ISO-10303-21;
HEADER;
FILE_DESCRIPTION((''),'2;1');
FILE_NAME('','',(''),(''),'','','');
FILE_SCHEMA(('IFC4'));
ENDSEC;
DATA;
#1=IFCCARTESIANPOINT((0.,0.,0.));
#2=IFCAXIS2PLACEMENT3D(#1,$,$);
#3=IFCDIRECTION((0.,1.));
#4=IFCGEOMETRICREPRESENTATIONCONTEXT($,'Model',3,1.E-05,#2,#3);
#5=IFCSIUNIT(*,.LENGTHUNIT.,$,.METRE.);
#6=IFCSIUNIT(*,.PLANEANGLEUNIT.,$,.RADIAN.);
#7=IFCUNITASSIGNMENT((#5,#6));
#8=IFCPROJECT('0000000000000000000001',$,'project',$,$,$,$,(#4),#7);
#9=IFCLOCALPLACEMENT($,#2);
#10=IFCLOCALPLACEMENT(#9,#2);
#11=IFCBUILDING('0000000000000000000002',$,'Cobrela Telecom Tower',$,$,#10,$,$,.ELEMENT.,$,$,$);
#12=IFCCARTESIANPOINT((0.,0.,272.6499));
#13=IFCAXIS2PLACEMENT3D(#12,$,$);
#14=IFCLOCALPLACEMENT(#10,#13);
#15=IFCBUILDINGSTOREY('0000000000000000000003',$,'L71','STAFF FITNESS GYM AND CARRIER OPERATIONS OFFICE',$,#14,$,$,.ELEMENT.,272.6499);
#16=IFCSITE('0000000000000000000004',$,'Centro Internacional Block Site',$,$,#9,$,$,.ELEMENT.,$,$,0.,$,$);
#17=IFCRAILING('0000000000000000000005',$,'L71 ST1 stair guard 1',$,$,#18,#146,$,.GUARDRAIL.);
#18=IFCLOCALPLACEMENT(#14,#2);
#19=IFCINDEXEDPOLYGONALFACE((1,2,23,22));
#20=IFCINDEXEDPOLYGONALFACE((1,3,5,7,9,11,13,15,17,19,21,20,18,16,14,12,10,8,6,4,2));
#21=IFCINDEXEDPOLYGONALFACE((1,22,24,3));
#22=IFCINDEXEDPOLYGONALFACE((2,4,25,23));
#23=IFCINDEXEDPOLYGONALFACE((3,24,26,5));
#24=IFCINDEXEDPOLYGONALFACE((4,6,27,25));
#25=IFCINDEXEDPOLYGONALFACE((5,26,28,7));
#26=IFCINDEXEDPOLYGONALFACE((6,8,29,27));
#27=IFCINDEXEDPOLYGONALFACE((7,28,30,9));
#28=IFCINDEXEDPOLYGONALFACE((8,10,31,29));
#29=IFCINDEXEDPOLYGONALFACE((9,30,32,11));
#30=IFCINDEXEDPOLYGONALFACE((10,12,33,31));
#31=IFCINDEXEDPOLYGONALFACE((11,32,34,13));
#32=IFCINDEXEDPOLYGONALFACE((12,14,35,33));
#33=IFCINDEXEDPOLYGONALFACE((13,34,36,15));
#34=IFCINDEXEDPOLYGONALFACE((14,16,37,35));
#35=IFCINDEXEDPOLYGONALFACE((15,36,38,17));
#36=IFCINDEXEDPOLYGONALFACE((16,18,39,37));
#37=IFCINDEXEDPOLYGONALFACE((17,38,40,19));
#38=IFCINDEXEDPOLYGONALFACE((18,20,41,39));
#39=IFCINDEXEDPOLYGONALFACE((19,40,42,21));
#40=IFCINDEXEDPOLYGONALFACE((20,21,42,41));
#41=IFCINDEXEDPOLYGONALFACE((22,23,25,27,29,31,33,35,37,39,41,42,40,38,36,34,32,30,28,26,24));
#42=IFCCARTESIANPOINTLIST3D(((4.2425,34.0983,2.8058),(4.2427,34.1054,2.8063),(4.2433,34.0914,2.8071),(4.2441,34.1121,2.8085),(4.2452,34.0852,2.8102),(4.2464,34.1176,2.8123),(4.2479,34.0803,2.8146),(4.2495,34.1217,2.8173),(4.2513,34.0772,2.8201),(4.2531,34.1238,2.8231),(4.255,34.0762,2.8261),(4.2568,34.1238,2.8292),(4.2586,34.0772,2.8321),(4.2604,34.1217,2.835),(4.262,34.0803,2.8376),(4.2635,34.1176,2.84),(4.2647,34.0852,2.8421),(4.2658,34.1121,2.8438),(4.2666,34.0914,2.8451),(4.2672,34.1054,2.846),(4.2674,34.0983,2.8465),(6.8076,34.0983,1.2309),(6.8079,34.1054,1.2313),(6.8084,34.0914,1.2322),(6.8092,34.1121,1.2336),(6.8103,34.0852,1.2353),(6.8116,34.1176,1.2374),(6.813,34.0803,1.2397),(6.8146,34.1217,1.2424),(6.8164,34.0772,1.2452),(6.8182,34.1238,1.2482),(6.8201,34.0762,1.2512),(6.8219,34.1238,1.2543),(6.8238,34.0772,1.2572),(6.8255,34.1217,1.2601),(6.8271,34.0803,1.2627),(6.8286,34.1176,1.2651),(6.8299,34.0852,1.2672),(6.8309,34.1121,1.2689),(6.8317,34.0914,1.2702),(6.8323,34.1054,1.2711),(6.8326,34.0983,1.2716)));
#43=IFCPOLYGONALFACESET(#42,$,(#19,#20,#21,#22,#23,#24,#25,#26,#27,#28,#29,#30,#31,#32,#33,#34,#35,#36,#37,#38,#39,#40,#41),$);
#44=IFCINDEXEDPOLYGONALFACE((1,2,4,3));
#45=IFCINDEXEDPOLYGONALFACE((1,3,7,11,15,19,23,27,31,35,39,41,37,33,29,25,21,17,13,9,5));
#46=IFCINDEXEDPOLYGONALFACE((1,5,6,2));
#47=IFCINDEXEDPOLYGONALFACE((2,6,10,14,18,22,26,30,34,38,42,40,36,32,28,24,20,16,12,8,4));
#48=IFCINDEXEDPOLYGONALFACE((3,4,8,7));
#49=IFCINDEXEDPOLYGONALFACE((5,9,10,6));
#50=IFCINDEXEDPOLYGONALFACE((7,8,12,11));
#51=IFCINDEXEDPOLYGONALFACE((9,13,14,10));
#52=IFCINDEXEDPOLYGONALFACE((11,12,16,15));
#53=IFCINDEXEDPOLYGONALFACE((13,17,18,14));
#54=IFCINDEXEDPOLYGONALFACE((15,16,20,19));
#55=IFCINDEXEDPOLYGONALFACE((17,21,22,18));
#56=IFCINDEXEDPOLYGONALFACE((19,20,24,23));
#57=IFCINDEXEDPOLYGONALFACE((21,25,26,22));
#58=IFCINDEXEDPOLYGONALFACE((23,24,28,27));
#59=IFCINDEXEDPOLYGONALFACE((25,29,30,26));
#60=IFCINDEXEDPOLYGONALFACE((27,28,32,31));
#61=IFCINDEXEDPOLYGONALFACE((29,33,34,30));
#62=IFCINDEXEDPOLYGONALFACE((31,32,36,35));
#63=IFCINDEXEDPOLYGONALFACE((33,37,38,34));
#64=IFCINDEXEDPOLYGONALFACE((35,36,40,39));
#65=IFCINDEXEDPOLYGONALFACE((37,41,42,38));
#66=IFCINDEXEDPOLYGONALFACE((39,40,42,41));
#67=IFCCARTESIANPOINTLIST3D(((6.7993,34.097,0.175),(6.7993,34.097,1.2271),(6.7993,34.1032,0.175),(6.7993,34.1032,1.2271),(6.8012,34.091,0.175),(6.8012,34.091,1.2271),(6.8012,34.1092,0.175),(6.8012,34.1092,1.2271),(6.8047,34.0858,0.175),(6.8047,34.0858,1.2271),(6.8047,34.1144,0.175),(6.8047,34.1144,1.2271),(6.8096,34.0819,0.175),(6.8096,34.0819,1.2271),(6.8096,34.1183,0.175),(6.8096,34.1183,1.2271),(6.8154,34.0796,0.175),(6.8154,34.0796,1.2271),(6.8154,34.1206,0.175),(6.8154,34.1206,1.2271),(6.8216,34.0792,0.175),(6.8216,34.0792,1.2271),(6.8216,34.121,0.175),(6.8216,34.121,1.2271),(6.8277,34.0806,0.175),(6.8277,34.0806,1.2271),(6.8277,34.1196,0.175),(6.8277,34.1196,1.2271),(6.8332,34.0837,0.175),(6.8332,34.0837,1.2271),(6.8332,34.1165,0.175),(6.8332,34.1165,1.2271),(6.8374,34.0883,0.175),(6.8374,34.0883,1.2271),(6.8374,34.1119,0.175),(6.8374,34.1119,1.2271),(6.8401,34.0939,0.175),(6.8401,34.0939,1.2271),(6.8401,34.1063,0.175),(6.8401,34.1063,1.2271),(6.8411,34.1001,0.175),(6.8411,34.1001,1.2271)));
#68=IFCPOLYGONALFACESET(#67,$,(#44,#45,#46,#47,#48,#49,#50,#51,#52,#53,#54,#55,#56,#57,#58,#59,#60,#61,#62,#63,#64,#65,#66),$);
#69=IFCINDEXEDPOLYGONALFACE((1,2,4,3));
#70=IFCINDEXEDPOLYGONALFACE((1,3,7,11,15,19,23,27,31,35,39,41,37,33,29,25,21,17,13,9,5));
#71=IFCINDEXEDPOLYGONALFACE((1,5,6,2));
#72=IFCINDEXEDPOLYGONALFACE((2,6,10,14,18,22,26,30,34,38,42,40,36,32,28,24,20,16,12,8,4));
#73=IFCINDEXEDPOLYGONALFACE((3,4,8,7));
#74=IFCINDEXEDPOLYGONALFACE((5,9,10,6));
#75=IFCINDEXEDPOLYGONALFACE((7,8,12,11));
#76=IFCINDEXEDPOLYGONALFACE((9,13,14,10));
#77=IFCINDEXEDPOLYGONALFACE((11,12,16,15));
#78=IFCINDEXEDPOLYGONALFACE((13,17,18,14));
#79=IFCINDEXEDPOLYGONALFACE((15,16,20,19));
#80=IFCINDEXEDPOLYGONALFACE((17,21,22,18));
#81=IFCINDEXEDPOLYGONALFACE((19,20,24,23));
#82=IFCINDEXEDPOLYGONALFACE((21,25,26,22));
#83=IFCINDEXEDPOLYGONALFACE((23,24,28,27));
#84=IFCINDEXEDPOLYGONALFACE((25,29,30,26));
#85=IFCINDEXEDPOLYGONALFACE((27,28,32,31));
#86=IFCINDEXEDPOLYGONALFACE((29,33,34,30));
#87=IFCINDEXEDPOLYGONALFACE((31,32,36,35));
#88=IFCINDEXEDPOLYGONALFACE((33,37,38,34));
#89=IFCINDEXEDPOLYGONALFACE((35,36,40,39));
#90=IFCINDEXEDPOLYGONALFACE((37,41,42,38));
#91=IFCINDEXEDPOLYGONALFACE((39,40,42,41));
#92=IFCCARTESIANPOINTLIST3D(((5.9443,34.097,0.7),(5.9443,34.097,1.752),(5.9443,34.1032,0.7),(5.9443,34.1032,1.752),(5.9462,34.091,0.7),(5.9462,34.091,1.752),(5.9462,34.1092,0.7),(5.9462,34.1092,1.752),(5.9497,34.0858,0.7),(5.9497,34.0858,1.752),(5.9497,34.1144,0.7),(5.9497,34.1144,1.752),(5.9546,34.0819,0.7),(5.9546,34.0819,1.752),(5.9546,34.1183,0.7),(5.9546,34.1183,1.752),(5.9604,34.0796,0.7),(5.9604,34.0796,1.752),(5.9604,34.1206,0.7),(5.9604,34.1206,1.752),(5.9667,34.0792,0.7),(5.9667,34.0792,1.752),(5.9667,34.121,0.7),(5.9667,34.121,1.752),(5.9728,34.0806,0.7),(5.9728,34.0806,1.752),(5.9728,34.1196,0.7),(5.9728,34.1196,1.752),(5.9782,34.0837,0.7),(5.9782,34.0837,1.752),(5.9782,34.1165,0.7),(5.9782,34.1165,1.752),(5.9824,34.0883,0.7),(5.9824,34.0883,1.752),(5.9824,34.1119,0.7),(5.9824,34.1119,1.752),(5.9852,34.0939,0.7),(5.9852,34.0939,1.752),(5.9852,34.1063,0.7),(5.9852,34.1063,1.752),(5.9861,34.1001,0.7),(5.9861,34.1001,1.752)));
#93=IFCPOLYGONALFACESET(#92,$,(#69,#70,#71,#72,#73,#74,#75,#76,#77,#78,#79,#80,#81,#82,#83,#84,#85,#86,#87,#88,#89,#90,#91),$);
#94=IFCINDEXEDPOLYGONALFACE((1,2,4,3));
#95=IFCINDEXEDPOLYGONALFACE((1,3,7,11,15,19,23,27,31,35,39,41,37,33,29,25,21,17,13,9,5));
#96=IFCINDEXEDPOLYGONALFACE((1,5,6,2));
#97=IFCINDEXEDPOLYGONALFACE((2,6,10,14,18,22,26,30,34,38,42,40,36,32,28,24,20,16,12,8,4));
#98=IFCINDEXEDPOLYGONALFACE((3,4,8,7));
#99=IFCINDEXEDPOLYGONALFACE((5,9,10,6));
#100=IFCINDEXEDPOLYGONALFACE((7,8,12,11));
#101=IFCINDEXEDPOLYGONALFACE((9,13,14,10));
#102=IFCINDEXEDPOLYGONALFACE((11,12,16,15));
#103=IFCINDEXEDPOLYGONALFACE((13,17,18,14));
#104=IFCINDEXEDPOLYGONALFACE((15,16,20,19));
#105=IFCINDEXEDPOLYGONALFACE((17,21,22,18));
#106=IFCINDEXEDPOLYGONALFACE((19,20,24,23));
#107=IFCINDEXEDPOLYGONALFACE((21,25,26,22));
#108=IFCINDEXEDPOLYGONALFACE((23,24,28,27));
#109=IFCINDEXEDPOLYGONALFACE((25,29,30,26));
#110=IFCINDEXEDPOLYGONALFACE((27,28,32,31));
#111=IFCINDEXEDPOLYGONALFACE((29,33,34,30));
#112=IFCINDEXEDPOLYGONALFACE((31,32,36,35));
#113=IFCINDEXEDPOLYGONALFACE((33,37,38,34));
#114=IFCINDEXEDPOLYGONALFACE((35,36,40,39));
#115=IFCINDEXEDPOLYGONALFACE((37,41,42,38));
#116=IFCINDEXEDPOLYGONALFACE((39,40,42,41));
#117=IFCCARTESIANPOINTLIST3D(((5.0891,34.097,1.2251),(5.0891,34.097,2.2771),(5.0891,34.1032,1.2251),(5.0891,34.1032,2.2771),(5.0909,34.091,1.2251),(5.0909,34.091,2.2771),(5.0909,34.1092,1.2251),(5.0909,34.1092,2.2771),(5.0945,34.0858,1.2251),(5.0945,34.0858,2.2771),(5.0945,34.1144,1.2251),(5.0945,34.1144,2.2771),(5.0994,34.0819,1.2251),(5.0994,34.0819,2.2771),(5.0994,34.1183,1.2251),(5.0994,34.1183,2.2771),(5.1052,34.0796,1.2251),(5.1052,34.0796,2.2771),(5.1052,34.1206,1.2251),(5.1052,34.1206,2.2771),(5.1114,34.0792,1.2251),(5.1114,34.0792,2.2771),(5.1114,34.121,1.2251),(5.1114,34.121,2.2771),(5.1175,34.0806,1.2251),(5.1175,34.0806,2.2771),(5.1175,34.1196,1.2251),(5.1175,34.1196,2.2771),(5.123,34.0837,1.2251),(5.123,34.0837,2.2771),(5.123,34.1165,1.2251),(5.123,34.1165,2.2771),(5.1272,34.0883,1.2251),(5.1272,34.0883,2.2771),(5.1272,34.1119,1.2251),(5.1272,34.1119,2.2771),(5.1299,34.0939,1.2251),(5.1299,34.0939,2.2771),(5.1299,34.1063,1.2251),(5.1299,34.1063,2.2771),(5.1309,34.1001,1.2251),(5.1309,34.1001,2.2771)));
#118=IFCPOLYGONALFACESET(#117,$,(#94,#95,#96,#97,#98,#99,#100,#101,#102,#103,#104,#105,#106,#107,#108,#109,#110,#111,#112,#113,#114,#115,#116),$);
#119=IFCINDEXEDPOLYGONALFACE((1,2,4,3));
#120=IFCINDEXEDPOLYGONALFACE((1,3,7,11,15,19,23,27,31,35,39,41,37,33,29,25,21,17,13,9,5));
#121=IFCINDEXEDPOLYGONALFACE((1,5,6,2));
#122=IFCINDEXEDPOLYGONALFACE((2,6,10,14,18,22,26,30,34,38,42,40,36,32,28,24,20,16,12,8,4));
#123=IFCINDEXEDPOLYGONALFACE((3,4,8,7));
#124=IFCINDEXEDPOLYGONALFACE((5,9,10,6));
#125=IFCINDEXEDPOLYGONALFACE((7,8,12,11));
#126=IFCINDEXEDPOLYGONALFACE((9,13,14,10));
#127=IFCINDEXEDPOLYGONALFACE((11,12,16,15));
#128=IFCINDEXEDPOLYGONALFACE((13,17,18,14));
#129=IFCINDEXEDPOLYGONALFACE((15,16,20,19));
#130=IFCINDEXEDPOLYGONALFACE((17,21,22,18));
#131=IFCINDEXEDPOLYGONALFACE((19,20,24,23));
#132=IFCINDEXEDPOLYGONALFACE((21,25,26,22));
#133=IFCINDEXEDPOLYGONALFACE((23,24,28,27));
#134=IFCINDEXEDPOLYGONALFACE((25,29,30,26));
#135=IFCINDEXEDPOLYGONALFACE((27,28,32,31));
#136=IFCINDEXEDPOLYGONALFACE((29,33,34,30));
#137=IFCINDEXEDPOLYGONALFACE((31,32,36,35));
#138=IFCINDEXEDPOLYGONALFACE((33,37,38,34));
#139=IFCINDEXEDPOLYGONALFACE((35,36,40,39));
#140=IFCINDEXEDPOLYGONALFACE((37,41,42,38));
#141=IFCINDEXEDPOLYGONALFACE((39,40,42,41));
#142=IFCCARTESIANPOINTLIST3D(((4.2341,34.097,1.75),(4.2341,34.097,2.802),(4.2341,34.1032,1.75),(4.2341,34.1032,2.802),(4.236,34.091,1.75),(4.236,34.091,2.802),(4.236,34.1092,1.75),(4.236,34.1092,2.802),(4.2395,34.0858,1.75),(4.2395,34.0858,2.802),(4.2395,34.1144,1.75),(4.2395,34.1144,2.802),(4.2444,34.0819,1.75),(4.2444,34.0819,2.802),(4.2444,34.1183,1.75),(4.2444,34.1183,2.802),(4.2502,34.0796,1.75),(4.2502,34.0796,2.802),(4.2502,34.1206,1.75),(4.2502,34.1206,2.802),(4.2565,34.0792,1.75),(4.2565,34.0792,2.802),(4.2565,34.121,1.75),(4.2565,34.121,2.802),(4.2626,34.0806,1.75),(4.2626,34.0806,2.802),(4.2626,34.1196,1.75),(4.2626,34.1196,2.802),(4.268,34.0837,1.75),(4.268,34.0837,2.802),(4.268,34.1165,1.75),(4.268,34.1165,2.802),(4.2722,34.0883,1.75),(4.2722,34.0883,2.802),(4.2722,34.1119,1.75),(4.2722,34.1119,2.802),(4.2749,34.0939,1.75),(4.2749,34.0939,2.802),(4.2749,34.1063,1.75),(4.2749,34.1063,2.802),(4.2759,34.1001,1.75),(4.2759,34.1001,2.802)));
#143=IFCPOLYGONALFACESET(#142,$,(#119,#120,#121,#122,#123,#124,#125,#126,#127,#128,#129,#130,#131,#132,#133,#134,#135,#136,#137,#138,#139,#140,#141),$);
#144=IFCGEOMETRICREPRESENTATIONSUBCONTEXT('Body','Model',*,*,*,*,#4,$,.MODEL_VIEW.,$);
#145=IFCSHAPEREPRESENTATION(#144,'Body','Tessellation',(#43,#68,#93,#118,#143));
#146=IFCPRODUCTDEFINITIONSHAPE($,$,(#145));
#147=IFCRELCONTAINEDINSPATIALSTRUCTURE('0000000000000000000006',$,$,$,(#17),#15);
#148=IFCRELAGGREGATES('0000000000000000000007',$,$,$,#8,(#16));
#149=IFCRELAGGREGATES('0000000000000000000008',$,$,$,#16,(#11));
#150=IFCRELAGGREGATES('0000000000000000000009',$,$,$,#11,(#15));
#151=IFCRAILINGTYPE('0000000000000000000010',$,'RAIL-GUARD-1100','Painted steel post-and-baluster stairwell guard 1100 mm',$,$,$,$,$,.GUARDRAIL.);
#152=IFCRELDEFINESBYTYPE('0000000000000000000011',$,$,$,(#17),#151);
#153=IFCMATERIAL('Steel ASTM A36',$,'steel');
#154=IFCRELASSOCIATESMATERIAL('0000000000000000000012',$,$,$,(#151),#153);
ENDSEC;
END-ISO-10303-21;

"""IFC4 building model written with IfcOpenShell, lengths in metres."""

from ifc_helpers import new_model, si_unit, direction, frame, origin, origin_2d, place, context, subcontext, project, spatial, circle, extrude, material, type_object, element, save


model = new_model("IFC4")

# Units and contexts
model_context = context("Model", 3, precision=1e-05, world=origin(), true_north=direction((0.0, 1.0)))
body_context = subcontext(model_context, "Body", "Model", "MODEL_VIEW")
ifc_project = project(units=[si_unit("LENGTHUNIT", "METRE"), si_unit("PLANEANGLEUNIT", "RADIAN")], contexts=[model_context])

# Site, building, storey
site_placement = place(None, origin())
site = spatial("IfcSite", under=ifc_project, at=site_placement, Name="Centro Internacional Block Site", CompositionType="ELEMENT", RefElevation=0.0)
building_placement = place(site_placement, origin())
building = spatial("IfcBuilding", under=site, at=building_placement, Name="Cobrela Telecom Tower", CompositionType="ELEMENT")
storey_placement = place(building_placement, frame((0.0, 0.0, 272.6499)))
storey = spatial("IfcBuildingStorey", under=building, at=storey_placement, Name="L71", Description="STAFF FITNESS GYM AND CARRIER OPERATIONS OFFICE", CompositionType="ELEMENT", Elevation=272.6499)

# Shared definitions
ifc_material_1 = material(Name="Steel ASTM A36", Category="steel")

# Railing
railing_type_1 = type_object("IfcRailingType", Name="RAIL-GUARD-1100", Description="Painted steel post-and-baluster stairwell guard 1100 mm", PredefinedType="GUARDRAIL", material=ifc_material_1)
railing_1_placement = place(storey_placement, frame((6.8201, 34.1001, 0.175)))
element("IfcRailing", 1, at=railing_1_placement, inside=storey, type_object=railing_type_1, Name="L71 ST1 stair guard 1", PredefinedType="GUARDRAIL", context=body_context, shape_type="SweptSolid", body=[
    extrude(circle(Radius=0.0239, at=origin_2d()), frame((0.0, 0.0, 1.0762), z_axis=(-0.852195, 0.0, 0.523224), x_axis=(0.0, -1.0, 0.0)), (0.0, 0.0, 1.0), 3.01),
    extrude(circle(Radius=0.021, at=origin_2d()), origin(), (0.0, 0.0, 1.0), 1.052),
    extrude(circle(Radius=0.021, at=origin_2d()), frame((-0.855, 0.0, 0.5249)), (0.0, 0.0, 1.0), 1.052),
    extrude(circle(Radius=0.021, at=origin_2d()), frame((-1.7102, 0.0, 1.05)), (0.0, 0.0, 1.0), 1.052),
    extrude(circle(Radius=0.021, at=origin_2d()), frame((-2.5652, 0.0, 1.575)), (0.0, 0.0, 1.0), 1.052),
])

save(model, "model.ifc")
